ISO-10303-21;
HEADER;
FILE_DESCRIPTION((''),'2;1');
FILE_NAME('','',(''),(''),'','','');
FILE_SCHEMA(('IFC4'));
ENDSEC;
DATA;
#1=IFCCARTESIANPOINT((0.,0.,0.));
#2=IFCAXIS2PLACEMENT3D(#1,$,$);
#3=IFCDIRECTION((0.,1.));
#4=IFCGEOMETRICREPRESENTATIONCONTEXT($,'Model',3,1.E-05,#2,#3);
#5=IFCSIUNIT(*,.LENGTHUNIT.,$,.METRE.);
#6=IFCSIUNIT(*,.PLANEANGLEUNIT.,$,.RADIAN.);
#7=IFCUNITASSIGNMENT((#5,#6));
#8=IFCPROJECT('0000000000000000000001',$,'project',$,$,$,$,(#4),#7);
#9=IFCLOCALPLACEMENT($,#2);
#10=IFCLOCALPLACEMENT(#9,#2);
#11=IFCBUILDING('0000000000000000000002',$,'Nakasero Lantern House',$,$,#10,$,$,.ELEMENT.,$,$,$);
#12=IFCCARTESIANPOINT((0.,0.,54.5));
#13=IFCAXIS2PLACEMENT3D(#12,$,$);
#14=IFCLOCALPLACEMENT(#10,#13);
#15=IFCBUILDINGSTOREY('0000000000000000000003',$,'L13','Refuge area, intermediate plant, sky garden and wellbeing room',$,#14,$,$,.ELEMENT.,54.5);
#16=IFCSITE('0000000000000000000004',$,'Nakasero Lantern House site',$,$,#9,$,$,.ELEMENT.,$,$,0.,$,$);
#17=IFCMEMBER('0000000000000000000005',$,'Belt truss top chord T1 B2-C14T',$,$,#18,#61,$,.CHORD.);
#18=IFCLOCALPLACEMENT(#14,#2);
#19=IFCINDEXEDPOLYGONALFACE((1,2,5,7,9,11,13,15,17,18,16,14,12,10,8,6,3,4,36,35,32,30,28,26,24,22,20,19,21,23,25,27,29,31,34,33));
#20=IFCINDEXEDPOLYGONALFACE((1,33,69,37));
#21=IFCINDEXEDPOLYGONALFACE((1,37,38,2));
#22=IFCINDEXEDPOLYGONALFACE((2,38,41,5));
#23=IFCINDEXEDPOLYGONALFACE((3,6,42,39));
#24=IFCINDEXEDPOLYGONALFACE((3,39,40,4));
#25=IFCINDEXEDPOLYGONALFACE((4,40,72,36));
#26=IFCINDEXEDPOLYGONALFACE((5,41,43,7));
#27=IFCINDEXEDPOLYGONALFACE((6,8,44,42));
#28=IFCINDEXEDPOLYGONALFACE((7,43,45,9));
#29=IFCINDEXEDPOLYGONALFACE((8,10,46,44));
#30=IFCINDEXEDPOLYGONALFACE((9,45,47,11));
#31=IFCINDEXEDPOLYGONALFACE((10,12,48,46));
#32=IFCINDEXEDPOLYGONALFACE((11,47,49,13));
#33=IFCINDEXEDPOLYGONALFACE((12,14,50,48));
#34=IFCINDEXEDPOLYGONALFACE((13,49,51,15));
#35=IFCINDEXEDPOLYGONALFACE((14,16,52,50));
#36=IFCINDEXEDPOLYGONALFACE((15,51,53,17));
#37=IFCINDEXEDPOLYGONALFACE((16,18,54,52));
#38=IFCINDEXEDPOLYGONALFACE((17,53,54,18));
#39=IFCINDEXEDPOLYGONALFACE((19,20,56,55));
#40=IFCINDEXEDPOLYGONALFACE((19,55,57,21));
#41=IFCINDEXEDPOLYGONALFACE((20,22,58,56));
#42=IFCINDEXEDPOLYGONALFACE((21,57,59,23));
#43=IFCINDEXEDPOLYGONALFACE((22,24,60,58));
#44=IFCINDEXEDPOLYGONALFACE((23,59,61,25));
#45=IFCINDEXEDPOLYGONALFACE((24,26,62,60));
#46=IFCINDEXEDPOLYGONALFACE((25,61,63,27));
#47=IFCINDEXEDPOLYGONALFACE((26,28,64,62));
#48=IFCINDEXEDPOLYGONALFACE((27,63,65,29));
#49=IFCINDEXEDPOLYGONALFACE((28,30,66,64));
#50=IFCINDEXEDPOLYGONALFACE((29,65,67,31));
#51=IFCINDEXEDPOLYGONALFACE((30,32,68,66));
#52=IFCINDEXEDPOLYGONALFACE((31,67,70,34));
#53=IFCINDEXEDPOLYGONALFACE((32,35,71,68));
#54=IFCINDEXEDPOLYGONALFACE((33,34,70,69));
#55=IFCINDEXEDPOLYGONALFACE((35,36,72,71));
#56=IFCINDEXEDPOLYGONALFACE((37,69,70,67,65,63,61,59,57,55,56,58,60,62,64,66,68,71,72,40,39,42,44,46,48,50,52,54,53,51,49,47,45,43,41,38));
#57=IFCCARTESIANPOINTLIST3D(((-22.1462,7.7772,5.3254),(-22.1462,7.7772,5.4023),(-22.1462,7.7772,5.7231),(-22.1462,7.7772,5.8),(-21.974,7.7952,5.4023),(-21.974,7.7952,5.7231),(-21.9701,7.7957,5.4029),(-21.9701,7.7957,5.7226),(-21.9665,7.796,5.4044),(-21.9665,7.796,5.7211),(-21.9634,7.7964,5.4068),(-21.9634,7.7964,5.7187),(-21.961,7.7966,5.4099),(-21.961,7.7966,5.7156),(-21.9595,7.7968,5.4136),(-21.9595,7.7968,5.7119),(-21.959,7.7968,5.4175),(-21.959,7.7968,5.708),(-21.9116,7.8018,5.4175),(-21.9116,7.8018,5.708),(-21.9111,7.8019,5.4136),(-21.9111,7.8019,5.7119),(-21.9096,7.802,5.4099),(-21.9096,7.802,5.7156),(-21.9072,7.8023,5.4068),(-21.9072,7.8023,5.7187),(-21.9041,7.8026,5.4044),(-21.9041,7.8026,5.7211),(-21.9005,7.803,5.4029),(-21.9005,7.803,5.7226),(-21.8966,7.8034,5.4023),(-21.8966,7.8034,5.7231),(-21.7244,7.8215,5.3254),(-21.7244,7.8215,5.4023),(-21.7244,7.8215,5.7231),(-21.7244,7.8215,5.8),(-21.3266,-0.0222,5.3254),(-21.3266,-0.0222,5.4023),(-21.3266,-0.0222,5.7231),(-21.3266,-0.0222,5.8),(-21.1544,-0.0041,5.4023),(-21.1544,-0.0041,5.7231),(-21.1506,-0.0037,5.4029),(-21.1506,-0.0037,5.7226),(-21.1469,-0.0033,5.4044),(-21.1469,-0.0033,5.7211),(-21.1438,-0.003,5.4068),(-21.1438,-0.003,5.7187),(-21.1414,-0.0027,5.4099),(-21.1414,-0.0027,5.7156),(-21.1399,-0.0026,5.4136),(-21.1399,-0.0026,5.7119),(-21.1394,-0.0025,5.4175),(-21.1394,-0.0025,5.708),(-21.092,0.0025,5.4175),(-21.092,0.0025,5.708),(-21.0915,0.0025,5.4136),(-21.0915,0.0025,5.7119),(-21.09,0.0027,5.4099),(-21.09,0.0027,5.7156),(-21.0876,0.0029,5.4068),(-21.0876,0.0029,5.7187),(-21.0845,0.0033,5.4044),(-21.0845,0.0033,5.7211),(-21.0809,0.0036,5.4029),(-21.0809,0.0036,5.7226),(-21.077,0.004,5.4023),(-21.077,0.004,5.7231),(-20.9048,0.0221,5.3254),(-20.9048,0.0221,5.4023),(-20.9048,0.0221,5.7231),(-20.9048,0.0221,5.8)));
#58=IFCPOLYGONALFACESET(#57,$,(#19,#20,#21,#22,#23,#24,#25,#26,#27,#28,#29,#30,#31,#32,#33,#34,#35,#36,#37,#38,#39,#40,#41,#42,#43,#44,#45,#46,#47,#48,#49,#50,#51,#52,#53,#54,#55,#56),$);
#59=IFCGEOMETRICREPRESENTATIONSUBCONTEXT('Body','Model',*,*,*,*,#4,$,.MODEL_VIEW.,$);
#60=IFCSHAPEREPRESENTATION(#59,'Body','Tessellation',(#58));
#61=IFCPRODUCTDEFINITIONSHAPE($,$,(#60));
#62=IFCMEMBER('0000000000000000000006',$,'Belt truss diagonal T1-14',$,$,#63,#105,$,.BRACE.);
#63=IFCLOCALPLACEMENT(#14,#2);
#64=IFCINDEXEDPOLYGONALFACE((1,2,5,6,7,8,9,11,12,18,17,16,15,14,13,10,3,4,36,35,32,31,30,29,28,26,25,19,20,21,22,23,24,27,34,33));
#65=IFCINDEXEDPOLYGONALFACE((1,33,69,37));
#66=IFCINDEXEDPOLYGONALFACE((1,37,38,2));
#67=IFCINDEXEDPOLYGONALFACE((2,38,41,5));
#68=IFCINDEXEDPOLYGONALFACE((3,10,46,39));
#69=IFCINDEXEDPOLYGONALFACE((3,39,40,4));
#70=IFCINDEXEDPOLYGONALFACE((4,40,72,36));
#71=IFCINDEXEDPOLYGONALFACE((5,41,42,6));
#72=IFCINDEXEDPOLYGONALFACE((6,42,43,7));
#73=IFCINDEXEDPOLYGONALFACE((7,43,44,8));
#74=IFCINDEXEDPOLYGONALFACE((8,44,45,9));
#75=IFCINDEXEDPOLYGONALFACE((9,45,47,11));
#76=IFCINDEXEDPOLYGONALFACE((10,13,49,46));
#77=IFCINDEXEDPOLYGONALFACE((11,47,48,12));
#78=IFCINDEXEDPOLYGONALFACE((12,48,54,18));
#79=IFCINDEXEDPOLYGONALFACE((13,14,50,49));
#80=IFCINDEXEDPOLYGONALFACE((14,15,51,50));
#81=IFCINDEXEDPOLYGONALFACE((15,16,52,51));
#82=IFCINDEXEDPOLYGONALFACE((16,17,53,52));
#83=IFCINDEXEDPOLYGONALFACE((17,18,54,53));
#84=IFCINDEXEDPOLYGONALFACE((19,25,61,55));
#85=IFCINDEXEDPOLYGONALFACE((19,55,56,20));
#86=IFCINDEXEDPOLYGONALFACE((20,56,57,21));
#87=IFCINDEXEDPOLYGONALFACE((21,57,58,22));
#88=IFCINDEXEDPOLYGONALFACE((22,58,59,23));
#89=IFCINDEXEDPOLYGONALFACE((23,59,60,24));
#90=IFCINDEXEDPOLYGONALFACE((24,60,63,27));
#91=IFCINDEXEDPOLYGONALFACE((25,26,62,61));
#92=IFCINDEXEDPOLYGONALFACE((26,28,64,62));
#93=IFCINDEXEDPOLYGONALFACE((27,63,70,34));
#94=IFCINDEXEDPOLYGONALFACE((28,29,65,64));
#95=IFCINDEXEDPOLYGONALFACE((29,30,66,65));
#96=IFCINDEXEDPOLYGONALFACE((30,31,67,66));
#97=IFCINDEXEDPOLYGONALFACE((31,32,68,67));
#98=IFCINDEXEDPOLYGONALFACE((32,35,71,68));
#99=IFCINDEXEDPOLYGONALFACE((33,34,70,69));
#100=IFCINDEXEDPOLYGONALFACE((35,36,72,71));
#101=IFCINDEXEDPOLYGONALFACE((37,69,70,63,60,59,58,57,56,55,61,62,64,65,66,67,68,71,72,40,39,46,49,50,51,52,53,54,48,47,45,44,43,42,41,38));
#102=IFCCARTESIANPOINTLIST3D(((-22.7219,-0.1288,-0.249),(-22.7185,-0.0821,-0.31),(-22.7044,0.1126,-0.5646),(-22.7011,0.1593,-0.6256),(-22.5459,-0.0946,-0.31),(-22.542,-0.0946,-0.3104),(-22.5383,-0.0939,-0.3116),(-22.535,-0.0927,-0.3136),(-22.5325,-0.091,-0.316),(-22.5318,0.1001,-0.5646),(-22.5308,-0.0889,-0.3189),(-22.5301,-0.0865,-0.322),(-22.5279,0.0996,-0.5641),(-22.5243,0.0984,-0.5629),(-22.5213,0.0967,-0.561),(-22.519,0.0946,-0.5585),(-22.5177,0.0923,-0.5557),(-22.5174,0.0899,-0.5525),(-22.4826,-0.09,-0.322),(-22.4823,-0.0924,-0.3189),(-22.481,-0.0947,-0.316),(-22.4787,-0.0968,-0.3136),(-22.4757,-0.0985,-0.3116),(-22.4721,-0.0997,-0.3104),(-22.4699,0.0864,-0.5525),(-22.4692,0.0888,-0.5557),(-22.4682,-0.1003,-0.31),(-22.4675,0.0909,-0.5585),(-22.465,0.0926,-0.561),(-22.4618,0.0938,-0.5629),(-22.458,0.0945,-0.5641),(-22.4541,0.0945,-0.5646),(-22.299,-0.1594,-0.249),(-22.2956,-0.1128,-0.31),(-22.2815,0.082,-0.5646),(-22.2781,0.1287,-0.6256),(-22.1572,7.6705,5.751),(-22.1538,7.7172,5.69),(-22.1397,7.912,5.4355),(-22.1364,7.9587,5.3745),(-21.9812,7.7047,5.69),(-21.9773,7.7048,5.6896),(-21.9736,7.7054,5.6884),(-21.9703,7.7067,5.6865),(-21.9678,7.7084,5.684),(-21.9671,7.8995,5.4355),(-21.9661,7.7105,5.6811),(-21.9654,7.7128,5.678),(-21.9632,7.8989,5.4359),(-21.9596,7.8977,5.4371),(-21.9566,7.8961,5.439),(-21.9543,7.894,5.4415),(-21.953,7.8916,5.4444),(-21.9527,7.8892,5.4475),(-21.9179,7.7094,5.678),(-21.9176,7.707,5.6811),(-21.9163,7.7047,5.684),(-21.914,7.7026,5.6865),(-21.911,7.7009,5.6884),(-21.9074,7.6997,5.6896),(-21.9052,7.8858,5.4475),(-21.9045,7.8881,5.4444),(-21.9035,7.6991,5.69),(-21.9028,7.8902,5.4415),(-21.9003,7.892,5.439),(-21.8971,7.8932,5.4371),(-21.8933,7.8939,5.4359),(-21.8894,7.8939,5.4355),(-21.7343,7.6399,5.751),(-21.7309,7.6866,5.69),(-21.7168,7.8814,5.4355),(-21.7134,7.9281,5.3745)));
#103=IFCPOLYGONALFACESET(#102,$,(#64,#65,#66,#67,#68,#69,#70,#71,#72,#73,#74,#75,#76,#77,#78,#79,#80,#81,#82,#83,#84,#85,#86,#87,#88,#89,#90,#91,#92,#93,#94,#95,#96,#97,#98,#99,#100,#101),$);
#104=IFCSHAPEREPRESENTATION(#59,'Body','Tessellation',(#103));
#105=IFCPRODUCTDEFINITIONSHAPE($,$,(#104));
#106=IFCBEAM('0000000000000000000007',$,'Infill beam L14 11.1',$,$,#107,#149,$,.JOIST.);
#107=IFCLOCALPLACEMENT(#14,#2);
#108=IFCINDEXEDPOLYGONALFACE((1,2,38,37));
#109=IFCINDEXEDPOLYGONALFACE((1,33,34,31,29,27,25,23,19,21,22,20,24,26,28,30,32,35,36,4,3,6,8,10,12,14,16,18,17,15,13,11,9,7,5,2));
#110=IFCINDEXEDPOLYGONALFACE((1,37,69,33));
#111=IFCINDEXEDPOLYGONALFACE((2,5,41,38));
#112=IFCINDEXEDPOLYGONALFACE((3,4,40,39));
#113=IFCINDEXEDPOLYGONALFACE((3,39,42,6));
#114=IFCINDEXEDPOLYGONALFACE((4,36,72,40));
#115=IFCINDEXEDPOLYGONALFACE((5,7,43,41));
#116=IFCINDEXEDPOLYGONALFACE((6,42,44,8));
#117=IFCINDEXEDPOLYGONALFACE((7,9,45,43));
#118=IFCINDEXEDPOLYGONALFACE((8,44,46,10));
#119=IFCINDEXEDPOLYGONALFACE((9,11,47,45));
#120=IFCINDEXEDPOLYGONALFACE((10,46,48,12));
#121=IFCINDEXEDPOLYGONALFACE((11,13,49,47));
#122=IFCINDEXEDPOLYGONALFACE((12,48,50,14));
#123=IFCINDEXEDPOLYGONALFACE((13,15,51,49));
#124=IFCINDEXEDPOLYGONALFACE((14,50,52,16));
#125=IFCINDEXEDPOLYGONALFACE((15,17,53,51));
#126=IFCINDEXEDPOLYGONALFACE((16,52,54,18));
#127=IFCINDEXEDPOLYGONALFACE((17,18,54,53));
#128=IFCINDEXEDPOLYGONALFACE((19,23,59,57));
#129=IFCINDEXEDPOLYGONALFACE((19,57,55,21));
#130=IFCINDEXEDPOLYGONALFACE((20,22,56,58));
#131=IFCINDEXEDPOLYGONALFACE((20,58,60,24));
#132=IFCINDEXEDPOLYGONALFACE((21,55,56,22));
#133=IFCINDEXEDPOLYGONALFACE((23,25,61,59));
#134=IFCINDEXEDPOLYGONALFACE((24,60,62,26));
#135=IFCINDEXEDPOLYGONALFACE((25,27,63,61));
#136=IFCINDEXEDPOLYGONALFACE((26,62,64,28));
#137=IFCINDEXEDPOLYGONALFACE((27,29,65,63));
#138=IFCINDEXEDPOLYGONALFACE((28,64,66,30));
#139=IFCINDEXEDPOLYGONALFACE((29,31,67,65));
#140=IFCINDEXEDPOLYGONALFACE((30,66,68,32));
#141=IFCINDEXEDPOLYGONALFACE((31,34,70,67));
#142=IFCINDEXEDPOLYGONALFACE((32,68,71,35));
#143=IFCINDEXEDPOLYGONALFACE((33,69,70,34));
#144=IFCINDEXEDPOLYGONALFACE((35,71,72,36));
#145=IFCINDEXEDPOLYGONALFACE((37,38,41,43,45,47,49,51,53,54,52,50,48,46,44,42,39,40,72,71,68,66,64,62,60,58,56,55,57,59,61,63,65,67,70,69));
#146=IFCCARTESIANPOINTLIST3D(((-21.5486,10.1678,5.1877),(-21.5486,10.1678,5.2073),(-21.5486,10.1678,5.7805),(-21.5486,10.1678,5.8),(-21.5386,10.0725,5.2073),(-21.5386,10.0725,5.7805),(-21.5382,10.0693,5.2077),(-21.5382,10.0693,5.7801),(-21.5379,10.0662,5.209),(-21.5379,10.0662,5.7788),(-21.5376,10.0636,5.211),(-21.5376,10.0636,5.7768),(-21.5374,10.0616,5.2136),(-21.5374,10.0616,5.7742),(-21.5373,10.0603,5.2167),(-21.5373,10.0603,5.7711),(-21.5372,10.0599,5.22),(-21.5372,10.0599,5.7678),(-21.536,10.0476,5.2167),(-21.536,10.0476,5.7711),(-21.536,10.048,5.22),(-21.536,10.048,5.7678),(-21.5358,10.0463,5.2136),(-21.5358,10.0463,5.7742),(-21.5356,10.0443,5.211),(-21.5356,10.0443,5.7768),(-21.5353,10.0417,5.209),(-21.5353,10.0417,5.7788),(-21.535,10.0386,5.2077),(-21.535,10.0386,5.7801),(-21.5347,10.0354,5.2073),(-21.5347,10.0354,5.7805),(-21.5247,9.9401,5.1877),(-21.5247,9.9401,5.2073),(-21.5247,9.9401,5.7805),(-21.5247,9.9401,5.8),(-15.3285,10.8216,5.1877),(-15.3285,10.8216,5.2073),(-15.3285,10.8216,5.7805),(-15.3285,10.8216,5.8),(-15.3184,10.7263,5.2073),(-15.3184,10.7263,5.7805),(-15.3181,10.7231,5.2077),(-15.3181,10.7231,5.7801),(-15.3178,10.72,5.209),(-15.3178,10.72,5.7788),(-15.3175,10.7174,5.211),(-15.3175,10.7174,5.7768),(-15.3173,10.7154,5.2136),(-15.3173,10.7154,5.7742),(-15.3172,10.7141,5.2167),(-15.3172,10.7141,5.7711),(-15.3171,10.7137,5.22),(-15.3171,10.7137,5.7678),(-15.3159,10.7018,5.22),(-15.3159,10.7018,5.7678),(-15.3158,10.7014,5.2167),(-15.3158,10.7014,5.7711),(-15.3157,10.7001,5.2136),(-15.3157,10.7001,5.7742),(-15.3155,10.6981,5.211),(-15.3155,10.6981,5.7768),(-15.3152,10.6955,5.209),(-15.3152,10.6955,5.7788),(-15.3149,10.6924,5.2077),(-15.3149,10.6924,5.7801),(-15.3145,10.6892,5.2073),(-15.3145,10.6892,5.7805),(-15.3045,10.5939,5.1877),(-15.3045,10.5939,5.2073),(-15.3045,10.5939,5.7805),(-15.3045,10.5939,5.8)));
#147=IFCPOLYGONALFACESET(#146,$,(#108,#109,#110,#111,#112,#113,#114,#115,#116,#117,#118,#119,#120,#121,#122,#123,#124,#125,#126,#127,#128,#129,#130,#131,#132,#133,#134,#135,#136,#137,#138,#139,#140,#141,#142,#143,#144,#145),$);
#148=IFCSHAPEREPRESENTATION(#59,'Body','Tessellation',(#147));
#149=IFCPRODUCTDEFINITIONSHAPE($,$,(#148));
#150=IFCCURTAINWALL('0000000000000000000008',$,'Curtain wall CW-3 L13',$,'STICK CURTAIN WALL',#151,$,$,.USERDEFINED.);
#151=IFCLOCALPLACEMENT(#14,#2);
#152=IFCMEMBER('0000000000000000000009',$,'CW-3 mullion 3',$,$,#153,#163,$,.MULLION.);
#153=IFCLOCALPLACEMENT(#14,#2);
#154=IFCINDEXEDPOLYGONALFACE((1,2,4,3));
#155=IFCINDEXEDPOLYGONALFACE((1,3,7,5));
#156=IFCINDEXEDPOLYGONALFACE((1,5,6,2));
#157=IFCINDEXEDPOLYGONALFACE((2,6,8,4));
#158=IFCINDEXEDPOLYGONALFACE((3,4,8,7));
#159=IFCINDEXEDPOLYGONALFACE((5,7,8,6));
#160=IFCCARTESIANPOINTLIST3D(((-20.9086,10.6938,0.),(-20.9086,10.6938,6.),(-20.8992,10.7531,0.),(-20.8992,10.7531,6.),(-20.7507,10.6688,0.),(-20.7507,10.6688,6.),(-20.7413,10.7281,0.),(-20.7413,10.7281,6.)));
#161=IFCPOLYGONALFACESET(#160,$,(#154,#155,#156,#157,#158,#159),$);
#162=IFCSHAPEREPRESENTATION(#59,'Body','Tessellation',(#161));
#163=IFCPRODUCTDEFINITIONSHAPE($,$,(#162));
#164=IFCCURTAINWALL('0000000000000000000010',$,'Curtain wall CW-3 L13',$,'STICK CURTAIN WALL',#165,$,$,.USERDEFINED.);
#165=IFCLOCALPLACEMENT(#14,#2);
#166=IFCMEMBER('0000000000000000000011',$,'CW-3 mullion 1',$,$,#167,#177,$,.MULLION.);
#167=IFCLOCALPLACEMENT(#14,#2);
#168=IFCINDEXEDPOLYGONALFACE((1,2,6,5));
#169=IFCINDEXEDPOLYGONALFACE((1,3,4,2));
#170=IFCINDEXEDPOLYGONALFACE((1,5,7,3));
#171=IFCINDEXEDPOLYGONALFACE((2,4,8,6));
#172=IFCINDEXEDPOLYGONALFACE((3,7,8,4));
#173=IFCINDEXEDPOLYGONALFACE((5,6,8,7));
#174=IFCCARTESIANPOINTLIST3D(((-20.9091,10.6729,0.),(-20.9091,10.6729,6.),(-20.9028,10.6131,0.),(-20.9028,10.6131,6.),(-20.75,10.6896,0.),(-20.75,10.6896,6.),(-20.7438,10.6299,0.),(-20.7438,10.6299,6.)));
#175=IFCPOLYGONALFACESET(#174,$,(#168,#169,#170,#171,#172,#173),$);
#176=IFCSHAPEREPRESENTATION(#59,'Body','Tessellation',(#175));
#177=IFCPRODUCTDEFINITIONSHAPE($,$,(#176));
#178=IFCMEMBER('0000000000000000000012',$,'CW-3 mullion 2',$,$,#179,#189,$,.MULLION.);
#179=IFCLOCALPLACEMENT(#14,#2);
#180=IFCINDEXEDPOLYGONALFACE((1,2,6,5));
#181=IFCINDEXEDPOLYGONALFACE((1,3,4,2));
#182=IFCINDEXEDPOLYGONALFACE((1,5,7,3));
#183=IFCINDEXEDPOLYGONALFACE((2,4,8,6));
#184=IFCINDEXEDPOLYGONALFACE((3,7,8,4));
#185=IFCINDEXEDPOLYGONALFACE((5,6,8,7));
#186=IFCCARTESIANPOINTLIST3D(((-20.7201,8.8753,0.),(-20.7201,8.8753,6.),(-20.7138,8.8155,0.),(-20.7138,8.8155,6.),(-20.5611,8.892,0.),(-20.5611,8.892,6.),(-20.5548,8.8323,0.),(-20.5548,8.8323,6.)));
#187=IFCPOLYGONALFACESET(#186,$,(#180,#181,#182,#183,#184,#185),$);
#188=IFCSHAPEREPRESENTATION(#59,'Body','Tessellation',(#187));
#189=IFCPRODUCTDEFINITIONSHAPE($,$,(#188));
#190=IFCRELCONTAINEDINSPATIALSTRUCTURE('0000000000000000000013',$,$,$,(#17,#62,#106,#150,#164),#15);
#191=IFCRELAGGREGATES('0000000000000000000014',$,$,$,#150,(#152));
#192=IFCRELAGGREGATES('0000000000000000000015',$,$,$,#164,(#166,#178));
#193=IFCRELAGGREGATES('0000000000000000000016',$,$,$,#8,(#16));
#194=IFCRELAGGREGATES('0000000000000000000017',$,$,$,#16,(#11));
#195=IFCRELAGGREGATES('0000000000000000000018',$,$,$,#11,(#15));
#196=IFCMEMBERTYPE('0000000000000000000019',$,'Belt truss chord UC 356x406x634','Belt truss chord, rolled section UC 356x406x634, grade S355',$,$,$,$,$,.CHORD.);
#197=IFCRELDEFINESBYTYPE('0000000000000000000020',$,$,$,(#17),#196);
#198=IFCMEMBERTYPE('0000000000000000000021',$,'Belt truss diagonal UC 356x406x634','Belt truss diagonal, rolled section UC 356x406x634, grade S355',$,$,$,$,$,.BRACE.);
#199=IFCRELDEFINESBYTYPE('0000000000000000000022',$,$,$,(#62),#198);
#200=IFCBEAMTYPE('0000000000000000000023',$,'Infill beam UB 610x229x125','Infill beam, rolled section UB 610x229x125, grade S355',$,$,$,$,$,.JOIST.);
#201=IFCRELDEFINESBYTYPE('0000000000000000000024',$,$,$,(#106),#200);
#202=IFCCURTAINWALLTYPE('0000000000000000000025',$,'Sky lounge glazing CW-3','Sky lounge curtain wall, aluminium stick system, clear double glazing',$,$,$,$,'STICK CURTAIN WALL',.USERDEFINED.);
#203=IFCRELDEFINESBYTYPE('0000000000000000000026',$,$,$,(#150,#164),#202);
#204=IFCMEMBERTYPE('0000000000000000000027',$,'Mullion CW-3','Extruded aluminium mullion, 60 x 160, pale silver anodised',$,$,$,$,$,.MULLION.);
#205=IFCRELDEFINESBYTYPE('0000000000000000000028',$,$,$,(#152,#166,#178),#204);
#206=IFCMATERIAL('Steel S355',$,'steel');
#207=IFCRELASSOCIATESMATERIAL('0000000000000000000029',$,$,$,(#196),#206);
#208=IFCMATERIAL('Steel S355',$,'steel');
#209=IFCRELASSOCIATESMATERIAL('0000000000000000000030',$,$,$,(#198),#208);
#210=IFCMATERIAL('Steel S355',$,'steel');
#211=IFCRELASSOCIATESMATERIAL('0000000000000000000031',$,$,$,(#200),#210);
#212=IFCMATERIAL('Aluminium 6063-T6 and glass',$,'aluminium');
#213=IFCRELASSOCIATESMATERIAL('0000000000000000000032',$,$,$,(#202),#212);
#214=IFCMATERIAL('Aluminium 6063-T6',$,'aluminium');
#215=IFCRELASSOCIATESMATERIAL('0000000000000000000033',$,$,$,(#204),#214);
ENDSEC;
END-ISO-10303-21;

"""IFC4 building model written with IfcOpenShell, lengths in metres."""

from ifc_helpers import new_model, si_unit, direction, frame, origin, origin_2d, place, context, subcontext, project, spatial, rectangle, i_section, extrude, material, material_profile, profile_set, type_object, element, aggregate, save


model = new_model("IFC4")

# Units and contexts
model_context = context("Model", 3, precision=1e-05, world=origin(), true_north=direction((0.0, 1.0)))
body_context = subcontext(model_context, "Body", "Model", "MODEL_VIEW")
ifc_project = project(units=[si_unit("LENGTHUNIT", "METRE"), si_unit("PLANEANGLEUNIT", "RADIAN")], contexts=[model_context])

# Site, building, storey
site_placement = place(None, origin())
site = spatial("IfcSite", under=ifc_project, at=site_placement, Name="Nakasero Lantern House site", CompositionType="ELEMENT", RefElevation=0.0)
building_placement = place(site_placement, origin())
building = spatial("IfcBuilding", under=site, at=building_placement, Name="Nakasero Lantern House", CompositionType="ELEMENT")
storey_placement = place(building_placement, frame((0.0, 0.0, 54.5)))
storey = spatial("IfcBuildingStorey", under=building, at=storey_placement, Name="L13", Description="Refuge area, intermediate plant, sky garden and wellbeing room", CompositionType="ELEMENT", Elevation=54.5)

# Members
ifc_material_1 = material(Name="Steel S355", Category="steel")
ifc_material_profile_1 = material_profile(ifc_material_1, i_section(OverallWidth=0.4241, OverallDepth=0.4746, WebThickness=0.0476, FlangeThickness=0.0769, FilletRadius=0.0151, at=origin_2d()), Name="UC 356x406x634")
ifc_profile_set_1 = profile_set([ifc_material_profile_1], Name="Steel S355")
member_type_1 = type_object("IfcMemberType", Name="Belt truss chord UC 356x406x634", Description="Belt truss chord, rolled section UC 356x406x634, grade S355", PredefinedType="CHORD", material=ifc_profile_set_1)
member_1_placement = place(storey_placement, frame((-21.9353, 7.7993, 5.5627), z_axis=(0.104508, -0.994524, 0.0), x_axis=(0.994524, 0.104508, 0.0)))
element("IfcMember", 1, at=member_1_placement, inside=storey, type_object=member_type_1, Name="Belt truss top chord T1 B2-C14T", PredefinedType="CHORD", context=body_context, shape_type="SweptSolid", body=[
    extrude(i_section(OverallWidth=0.4241, OverallDepth=0.4746, WebThickness=0.0476, FlangeThickness=0.0769, FilletRadius=0.0151, at=origin_2d()), origin(), (0.0, 0.0, 1.0), 7.8423),
])
ifc_material_2 = material(Name="Steel S355", Category="steel")
ifc_material_profile_2 = material_profile(ifc_material_2, i_section(OverallWidth=0.4241, OverallDepth=0.4746, WebThickness=0.0476, FlangeThickness=0.0769, FilletRadius=0.0151, at=origin_2d()), Name="UC 356x406x634")
ifc_profile_set_2 = profile_set([ifc_material_profile_2], Name="Steel S355")
member_type_2 = type_object("IfcMemberType", Name="Belt truss diagonal UC 356x406x634", Description="Belt truss diagonal, rolled section UC 356x406x634, grade S355", PredefinedType="BRACE", material=ifc_profile_set_2)
member_2_placement = place(storey_placement, frame((-21.9353, 7.7993, 5.5627), z_axis=(-0.057293, -0.791296, -0.608743), x_axis=(0.997389, -0.072214, 0.0)))
element("IfcMember", 2, at=member_2_placement, inside=storey, type_object=member_type_2, Name="Belt truss diagonal T1-14", PredefinedType="BRACE", context=body_context, shape_type="SweptSolid", body=[
    extrude(i_section(OverallWidth=0.4241, OverallDepth=0.4746, WebThickness=0.0476, FlangeThickness=0.0769, FilletRadius=0.0151, at=origin_2d()), origin(), (0.0, 0.0, 1.0), 9.8564),
])

# Beam
ifc_material_3 = material(Name="Steel S355", Category="steel")
ifc_material_profile_3 = material_profile(ifc_material_3, i_section(OverallWidth=0.229, OverallDepth=0.6123, WebThickness=0.012, FlangeThickness=0.0195, FilletRadius=0.0127, at=origin_2d()), Name="UB 610x229x125")
ifc_profile_set_3 = profile_set([ifc_material_profile_3], Name="Steel S355")
beam_type_1 = type_object("IfcBeamType", Name="Infill beam UB 610x229x125", Description="Infill beam, rolled section UB 610x229x125, grade S355", PredefinedType="JOIST", material=ifc_profile_set_3)
beam_1_placement = place(storey_placement, frame((-21.5366, 10.054, 5.4939), z_axis=(0.994521, 0.104534, 0.0), x_axis=(-0.104534, 0.994521, 0.0)))
element("IfcBeam", 3, at=beam_1_placement, inside=storey, type_object=beam_type_1, Name="Infill beam L14 11.1", PredefinedType="JOIST", context=body_context, shape_type="SweptSolid", body=[
    extrude(i_section(OverallWidth=0.229, OverallDepth=0.6123, WebThickness=0.012, FlangeThickness=0.0195, FilletRadius=0.0127, at=origin_2d()), origin(), (0.0, 0.0, 1.0), 6.2544),
])

# Curtain wall, member
ifc_material_4 = material(Name="Aluminium 6063-T6 and glass", Category="aluminium")
curtain_wall_type = type_object("IfcCurtainWallType", Name="Sky lounge glazing CW-3", Description="Sky lounge curtain wall, aluminium stick system, clear double glazing", ElementType="STICK CURTAIN WALL", PredefinedType="USERDEFINED", material=ifc_material_4)
curtain_wall_1_placement = place(storey_placement, origin())
curtain_wall_1 = element("IfcCurtainWall", 4, at=curtain_wall_1_placement, inside=storey, type_object=curtain_wall_type, Name="Curtain wall CW-3 L13", ObjectType="STICK CURTAIN WALL", PredefinedType="USERDEFINED")
ifc_material_5 = material(Name="Aluminium 6063-T6", Category="aluminium")
ifc_material_profile_4 = material_profile(ifc_material_5, rectangle(XDim=0.0601, YDim=0.1599, at=origin_2d()), Name="CW-3 mullion 60x160")
ifc_profile_set_4 = profile_set([ifc_material_profile_4], Name="Aluminium 6063-T6")
member_type_3 = type_object("IfcMemberType", Name="Mullion CW-3", Description="Extruded aluminium mullion, 60 x 160, pale silver anodised", PredefinedType="MULLION", material=ifc_profile_set_4)
member_3_placement = place(storey_placement, frame((-20.825, 10.7109, 0.0), z_axis=(0.0, 0.0, 1.0), x_axis=(-0.156434, -0.987688, 0.0)))
member_3 = element("IfcMember", 5, at=member_3_placement, type_object=member_type_3, Name="CW-3 mullion 3", PredefinedType="MULLION", context=body_context, shape_type="SweptSolid", body=[
    extrude(rectangle(XDim=0.0601, YDim=0.1599, at=origin_2d()), origin(), (0.0, 0.0, 1.0), 6.0),
])

# Curtain wall, members
curtain_wall_2_placement = place(storey_placement, origin())
curtain_wall_2 = element("IfcCurtainWall", 6, at=curtain_wall_2_placement, inside=storey, type_object=curtain_wall_type, Name="Curtain wall CW-3 L13", ObjectType="STICK CURTAIN WALL", PredefinedType="USERDEFINED")
member_4_placement = place(storey_placement, frame((-20.8264, 10.6514, 0.0), z_axis=(0.0, 0.0, 1.0), x_axis=(0.104528, -0.994522, 0.0)))
member_4 = element("IfcMember", 7, at=member_4_placement, type_object=member_type_3, Name="CW-3 mullion 1", PredefinedType="MULLION", context=body_context, shape_type="SweptSolid", body=[
    extrude(rectangle(XDim=0.0601, YDim=0.1599, at=origin_2d()), origin(), (0.0, 0.0, 1.0), 6.0),
])
member_5_placement = place(storey_placement, frame((-20.6375, 8.8538, 0.0), z_axis=(0.0, 0.0, 1.0), x_axis=(0.104528, -0.994522, 0.0)))
member_5 = element("IfcMember", 8, at=member_5_placement, type_object=member_type_3, Name="CW-3 mullion 2", PredefinedType="MULLION", context=body_context, shape_type="SweptSolid", body=[
    extrude(rectangle(XDim=0.0601, YDim=0.1599, at=origin_2d()), origin(), (0.0, 0.0, 1.0), 6.0),
])

aggregate(curtain_wall_1, [member_3])
aggregate(curtain_wall_2, [member_4, member_5])

save(model, "model.ifc")
